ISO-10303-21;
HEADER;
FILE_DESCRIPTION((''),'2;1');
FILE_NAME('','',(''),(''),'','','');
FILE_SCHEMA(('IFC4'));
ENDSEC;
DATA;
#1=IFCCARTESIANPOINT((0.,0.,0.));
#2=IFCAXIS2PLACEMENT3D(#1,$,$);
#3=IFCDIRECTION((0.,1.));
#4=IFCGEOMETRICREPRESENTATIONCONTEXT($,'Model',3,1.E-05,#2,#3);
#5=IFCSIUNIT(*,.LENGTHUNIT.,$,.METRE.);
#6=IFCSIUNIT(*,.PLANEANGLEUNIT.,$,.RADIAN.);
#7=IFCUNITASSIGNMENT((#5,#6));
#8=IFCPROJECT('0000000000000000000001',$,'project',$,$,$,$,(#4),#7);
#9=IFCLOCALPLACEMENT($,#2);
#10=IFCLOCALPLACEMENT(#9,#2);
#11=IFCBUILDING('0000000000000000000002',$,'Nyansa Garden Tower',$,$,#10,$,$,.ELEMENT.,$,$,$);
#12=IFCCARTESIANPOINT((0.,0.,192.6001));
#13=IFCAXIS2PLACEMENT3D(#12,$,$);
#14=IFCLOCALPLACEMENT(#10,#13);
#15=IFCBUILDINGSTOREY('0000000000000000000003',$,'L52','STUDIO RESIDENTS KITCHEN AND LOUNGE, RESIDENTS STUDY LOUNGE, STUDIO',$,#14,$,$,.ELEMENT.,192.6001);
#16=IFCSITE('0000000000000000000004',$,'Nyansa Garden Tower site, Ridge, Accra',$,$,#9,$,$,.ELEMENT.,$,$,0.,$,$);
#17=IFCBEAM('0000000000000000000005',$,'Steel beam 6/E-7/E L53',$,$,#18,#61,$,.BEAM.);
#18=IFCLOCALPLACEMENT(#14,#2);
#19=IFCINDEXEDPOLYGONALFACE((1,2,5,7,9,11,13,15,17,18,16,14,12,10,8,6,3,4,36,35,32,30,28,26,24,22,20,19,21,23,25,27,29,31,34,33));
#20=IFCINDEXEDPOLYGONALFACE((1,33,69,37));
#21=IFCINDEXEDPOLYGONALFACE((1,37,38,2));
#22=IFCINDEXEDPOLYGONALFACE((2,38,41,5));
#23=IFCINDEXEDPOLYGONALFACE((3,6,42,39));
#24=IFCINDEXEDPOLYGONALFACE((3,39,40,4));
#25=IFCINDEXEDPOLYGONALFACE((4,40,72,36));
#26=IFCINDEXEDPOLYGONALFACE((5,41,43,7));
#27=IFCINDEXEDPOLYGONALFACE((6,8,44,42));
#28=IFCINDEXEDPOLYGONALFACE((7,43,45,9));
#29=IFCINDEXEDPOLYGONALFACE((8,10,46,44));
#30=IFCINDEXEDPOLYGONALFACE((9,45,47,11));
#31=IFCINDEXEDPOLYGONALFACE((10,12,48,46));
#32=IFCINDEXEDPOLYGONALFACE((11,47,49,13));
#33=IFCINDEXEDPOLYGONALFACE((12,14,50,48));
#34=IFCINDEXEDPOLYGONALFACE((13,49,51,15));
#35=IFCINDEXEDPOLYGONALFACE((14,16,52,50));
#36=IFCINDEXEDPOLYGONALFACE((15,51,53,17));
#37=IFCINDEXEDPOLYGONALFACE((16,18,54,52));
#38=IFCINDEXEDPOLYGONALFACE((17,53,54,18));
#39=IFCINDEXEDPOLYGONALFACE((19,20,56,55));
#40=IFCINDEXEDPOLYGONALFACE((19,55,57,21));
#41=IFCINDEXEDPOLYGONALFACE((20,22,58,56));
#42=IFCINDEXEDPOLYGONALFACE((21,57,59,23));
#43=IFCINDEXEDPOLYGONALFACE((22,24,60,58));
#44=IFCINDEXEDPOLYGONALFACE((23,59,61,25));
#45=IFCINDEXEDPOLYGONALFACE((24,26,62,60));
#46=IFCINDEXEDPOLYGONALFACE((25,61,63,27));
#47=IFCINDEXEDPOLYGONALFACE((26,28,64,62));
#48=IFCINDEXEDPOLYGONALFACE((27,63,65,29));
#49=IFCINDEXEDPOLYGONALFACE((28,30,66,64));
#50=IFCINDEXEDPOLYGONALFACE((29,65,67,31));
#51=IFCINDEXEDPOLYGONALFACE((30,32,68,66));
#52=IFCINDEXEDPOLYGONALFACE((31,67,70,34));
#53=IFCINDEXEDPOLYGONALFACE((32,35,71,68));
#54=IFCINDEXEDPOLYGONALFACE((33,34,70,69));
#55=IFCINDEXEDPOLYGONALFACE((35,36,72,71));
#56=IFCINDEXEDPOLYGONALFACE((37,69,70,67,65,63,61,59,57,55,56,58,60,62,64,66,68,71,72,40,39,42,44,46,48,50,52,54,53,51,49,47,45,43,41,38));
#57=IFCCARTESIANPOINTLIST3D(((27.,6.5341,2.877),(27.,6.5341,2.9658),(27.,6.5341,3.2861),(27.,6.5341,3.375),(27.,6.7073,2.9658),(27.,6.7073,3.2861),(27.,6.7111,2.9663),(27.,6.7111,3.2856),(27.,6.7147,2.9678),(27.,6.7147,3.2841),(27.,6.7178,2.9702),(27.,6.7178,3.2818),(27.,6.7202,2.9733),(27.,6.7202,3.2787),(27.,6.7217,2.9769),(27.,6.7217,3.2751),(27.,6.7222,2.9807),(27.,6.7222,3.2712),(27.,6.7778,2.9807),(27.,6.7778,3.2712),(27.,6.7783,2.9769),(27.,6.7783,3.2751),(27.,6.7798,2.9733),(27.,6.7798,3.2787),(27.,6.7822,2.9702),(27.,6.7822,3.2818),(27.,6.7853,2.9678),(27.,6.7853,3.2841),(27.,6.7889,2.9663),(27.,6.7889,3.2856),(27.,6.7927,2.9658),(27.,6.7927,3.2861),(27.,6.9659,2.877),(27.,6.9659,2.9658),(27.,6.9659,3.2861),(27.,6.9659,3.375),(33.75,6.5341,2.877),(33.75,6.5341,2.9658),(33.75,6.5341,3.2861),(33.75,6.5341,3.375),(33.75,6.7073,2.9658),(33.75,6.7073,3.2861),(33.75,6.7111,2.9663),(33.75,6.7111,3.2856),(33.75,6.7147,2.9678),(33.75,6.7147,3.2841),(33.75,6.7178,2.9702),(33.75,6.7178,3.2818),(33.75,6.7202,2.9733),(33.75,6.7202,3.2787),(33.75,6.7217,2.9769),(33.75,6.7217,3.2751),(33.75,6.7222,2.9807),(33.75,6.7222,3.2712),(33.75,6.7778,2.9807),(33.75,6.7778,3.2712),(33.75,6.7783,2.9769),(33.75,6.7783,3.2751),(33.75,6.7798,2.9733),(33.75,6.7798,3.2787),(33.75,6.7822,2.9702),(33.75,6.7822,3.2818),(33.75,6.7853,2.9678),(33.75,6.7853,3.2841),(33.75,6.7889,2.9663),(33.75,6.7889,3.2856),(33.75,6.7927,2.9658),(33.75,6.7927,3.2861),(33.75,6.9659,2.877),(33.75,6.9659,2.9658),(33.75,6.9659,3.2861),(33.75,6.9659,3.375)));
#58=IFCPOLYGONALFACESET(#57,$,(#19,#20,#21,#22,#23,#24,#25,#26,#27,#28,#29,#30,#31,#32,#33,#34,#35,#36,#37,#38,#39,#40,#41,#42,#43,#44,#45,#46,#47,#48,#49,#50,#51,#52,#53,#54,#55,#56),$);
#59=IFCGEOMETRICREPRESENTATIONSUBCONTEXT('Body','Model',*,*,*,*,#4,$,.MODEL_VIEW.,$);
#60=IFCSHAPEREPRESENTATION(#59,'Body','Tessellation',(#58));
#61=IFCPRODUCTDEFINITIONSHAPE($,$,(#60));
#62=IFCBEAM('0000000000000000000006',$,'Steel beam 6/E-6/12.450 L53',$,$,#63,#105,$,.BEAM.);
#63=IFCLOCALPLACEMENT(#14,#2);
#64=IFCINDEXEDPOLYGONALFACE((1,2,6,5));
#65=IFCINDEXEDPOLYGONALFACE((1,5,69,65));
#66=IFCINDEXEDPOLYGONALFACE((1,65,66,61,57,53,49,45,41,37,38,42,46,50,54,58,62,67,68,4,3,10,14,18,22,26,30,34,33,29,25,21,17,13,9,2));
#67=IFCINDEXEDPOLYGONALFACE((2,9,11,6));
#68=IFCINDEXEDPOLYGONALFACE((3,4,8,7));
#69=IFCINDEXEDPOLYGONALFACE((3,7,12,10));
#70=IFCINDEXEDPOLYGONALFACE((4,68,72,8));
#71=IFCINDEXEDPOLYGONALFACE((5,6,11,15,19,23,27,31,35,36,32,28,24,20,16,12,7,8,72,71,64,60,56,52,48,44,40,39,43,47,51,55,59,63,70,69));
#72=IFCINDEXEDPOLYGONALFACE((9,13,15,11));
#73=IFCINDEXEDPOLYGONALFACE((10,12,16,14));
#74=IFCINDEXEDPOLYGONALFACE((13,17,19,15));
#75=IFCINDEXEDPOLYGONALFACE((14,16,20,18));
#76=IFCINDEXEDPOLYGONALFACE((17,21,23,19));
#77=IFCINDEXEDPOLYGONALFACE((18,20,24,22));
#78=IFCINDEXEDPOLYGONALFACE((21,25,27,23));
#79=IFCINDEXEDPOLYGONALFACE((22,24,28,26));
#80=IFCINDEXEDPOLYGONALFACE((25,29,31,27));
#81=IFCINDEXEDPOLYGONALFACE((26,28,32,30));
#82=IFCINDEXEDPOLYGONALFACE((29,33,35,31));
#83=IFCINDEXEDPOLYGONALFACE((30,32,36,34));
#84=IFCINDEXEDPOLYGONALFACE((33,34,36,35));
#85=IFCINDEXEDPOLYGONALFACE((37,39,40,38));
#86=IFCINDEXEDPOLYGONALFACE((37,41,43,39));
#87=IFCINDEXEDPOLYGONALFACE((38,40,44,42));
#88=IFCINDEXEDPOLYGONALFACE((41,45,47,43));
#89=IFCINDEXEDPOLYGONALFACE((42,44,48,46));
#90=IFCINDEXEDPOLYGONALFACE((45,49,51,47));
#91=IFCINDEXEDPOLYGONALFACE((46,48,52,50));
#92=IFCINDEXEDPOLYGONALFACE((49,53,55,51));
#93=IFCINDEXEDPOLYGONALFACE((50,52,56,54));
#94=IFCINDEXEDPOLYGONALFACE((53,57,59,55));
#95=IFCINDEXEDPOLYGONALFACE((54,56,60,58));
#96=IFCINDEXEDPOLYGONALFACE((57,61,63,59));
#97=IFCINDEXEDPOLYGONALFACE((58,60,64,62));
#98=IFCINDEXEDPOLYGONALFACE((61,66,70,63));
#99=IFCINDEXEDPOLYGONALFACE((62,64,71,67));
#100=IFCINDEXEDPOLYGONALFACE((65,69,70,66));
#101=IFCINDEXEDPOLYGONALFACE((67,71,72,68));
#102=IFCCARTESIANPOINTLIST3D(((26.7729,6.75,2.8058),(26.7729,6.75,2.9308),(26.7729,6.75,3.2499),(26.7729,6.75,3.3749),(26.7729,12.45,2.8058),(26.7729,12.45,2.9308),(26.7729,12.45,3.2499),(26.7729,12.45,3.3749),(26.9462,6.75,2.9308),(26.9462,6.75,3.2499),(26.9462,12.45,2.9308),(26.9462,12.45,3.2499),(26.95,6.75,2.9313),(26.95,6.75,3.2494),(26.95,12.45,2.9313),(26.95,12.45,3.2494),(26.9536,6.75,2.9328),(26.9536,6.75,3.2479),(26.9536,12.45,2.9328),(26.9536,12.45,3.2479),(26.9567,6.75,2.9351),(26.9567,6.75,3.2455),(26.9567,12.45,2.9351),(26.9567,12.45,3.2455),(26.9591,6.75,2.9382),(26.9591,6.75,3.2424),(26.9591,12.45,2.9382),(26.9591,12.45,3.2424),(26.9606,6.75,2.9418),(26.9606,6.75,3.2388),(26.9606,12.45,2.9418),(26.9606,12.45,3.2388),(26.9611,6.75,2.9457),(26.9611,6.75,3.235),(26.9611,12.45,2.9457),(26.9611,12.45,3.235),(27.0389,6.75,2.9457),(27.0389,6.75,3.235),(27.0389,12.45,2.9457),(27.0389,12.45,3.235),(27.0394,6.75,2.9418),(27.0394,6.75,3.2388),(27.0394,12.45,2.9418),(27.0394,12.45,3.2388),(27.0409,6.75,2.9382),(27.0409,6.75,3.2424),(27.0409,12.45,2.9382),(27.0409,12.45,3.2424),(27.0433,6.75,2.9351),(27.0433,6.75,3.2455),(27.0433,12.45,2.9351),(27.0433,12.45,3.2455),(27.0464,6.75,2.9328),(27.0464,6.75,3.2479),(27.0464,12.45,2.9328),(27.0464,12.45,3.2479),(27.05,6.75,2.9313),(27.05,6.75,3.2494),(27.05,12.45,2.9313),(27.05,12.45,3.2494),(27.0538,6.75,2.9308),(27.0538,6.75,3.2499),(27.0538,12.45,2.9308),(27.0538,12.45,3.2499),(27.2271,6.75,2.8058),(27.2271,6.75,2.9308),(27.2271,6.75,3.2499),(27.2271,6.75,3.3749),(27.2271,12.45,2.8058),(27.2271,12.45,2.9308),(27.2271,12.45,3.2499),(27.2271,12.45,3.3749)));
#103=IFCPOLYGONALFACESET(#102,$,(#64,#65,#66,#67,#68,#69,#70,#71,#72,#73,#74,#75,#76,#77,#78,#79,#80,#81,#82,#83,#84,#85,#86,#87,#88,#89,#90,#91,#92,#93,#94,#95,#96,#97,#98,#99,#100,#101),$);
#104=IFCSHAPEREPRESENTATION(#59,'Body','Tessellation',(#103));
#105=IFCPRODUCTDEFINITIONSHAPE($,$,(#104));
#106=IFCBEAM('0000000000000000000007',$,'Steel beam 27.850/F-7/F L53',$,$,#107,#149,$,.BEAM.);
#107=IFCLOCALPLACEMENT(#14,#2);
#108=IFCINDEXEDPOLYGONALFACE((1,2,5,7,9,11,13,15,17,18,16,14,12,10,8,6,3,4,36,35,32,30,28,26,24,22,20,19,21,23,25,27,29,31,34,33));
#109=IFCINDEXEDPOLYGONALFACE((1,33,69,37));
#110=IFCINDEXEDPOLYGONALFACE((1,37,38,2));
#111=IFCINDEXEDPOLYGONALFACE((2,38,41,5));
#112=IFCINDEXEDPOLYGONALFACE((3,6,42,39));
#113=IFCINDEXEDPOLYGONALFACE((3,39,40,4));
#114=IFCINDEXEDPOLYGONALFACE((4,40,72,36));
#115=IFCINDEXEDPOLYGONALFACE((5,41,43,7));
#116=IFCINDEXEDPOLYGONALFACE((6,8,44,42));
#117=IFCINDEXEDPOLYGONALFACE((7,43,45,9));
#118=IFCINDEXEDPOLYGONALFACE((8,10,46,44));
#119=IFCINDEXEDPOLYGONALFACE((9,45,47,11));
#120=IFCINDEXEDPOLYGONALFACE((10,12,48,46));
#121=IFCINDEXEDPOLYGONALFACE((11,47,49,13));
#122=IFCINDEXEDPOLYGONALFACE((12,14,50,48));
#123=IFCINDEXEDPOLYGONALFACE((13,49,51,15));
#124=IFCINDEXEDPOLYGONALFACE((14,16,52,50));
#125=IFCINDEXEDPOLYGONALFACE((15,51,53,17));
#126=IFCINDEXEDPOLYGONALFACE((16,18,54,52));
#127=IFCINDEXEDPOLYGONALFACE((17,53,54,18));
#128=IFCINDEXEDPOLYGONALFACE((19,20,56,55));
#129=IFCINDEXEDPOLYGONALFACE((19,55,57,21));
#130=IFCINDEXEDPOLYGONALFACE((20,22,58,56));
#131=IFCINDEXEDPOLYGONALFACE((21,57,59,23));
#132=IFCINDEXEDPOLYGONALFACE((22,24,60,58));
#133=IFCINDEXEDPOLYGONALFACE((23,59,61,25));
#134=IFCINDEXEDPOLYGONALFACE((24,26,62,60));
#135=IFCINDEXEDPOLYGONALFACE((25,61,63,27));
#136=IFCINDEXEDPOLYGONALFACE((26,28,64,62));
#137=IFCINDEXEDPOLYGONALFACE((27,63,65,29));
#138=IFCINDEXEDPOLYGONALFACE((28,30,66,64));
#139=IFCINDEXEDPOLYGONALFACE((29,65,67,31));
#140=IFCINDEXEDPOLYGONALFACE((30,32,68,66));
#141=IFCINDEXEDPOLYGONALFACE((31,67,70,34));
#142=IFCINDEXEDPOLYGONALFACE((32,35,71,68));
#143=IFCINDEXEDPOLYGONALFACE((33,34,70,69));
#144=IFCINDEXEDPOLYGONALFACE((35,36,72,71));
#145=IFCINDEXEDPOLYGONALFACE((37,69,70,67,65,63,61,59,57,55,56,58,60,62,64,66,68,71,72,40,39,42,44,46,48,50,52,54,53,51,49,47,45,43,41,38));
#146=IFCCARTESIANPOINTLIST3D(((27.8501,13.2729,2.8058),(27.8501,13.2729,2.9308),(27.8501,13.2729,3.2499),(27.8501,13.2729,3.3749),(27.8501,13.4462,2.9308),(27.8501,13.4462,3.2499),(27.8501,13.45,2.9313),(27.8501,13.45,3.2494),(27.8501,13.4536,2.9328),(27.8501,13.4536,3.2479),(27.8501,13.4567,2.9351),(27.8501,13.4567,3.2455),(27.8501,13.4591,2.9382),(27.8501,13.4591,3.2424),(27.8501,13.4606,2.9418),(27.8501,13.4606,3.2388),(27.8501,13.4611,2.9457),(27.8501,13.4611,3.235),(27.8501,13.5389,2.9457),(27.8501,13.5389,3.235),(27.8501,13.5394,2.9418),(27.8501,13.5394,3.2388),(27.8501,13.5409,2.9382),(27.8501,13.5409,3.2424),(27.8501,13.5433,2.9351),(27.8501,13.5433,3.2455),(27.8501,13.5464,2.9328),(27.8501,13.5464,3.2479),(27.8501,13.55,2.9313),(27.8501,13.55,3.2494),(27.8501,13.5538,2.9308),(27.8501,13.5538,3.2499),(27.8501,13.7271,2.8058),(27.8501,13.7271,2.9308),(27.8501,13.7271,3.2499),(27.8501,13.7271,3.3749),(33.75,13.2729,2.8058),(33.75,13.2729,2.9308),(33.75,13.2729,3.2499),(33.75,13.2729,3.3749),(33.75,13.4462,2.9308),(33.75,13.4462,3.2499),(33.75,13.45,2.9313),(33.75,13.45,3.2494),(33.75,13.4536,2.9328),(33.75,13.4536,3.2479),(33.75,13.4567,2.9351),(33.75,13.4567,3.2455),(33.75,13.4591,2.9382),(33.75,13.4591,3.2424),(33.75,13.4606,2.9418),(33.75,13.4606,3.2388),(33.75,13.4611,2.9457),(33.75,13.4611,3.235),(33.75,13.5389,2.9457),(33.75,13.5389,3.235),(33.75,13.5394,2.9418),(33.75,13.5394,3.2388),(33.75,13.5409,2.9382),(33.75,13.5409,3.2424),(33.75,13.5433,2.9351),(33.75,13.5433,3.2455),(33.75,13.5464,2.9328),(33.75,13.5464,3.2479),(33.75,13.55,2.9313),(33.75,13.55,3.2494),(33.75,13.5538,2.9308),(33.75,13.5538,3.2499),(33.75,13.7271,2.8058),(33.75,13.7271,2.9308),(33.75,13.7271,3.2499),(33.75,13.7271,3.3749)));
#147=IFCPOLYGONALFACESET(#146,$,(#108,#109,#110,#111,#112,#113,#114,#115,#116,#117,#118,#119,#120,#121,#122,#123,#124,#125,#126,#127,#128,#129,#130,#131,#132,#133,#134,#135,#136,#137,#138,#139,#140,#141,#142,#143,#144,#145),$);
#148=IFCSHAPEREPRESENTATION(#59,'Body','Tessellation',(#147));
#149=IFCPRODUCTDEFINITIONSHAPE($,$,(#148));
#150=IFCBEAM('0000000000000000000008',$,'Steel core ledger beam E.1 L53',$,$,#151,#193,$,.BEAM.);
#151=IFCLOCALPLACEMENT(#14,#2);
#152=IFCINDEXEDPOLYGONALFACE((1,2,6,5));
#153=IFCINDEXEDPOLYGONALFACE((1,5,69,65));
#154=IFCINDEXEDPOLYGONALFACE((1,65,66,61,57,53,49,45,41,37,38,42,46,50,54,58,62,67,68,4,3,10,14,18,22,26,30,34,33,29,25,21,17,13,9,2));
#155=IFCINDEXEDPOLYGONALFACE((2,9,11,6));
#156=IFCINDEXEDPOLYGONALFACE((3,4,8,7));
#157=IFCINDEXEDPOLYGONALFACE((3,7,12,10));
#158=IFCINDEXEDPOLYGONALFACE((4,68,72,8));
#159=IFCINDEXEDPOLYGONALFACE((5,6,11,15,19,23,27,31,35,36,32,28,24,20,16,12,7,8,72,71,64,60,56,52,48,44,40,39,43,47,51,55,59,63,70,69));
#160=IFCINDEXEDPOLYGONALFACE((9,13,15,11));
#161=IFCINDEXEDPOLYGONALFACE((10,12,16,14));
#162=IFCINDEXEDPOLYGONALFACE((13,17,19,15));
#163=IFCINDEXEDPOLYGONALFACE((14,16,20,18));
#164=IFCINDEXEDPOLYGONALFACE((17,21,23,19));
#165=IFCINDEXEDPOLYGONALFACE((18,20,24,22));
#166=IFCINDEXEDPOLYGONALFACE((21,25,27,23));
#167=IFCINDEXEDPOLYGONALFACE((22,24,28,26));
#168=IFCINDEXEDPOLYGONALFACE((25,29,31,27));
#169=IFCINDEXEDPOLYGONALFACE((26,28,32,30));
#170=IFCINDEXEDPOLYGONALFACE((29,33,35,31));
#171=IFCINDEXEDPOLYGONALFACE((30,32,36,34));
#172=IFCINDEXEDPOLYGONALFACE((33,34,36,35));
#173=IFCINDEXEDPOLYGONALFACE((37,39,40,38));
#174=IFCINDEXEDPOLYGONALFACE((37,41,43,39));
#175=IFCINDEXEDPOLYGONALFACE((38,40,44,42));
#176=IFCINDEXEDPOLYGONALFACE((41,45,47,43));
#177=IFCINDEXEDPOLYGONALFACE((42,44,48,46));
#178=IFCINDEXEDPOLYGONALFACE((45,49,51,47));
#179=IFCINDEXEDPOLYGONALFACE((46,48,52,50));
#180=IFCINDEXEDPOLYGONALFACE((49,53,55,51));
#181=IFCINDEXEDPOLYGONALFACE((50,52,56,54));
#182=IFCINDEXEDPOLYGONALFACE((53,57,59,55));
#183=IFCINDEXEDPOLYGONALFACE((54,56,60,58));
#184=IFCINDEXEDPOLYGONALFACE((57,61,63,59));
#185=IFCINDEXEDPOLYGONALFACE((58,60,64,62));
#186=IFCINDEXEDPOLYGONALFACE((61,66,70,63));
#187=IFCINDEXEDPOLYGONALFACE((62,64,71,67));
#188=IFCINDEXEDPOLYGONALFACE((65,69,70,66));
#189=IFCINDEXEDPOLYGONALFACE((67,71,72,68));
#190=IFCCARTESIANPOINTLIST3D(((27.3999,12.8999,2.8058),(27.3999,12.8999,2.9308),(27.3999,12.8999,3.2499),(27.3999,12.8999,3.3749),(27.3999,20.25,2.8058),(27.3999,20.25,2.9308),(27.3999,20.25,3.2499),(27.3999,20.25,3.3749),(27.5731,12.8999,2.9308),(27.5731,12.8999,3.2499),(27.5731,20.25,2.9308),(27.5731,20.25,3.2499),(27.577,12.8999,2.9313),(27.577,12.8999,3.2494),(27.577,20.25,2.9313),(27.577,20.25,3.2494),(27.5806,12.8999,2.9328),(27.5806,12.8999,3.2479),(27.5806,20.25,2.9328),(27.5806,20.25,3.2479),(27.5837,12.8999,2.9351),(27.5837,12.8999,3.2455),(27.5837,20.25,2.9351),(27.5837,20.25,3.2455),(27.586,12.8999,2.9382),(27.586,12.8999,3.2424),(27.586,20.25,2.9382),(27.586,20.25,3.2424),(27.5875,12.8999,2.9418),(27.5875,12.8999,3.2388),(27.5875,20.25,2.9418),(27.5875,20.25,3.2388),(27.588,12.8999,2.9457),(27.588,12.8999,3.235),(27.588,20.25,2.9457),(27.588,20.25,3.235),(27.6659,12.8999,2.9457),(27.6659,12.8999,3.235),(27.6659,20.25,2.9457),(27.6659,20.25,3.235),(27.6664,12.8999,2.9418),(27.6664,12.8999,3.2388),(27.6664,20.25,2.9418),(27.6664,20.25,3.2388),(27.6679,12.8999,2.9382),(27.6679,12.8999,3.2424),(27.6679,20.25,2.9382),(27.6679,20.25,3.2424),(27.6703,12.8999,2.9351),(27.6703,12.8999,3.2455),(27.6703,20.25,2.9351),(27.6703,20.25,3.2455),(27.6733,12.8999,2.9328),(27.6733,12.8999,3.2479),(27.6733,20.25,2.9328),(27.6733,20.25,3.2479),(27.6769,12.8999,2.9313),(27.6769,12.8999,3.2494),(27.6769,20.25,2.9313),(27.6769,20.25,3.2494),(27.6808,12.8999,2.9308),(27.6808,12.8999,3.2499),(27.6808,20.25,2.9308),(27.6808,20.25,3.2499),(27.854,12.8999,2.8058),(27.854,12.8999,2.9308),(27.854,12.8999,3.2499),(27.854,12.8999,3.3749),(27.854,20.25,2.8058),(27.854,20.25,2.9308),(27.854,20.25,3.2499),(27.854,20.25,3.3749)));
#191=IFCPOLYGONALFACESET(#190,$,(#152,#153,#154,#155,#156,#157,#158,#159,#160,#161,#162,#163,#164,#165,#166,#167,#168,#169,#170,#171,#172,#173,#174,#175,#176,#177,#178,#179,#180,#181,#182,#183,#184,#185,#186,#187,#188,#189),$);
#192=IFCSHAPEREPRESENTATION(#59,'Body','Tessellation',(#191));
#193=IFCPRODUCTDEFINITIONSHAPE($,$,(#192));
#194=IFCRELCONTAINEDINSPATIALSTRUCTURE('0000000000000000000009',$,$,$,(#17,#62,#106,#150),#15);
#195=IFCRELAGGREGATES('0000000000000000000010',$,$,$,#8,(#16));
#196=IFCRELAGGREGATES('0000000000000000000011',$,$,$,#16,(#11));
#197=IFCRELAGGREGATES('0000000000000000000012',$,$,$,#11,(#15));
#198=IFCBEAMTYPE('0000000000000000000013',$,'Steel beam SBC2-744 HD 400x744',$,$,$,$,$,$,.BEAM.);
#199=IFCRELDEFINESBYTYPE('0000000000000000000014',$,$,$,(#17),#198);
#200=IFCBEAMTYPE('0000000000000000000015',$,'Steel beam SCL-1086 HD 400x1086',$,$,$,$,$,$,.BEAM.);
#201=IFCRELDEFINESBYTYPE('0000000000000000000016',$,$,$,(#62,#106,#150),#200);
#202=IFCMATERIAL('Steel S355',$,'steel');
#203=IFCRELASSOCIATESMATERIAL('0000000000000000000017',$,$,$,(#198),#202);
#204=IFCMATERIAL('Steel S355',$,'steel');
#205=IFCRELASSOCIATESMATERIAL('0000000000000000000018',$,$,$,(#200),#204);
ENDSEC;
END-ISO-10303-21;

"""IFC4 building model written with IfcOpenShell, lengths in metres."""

from ifc_helpers import new_model, si_unit, direction, frame, origin, origin_2d, place, context, subcontext, project, spatial, i_section, extrude, material, material_profile, profile_set, type_object, element, save


model = new_model("IFC4")

# Units and contexts
model_context = context("Model", 3, precision=1e-05, world=origin(), true_north=direction((0.0, 1.0)))
body_context = subcontext(model_context, "Body", "Model", "MODEL_VIEW")
ifc_project = project(units=[si_unit("LENGTHUNIT", "METRE"), si_unit("PLANEANGLEUNIT", "RADIAN")], contexts=[model_context])

# Site, building, storey
site_placement = place(None, origin())
site = spatial("IfcSite", under=ifc_project, at=site_placement, Name="Nyansa Garden Tower site, Ridge, Accra", CompositionType="ELEMENT", RefElevation=0.0)
building_placement = place(site_placement, origin())
building = spatial("IfcBuilding", under=site, at=building_placement, Name="Nyansa Garden Tower", CompositionType="ELEMENT")
storey_placement = place(building_placement, frame((0.0, 0.0, 192.6001)))
storey = spatial("IfcBuildingStorey", under=building, at=storey_placement, Name="L52", Description="STUDIO RESIDENTS KITCHEN AND LOUNGE, RESIDENTS STUDY LOUNGE, STUDIO", CompositionType="ELEMENT", Elevation=192.6001)

# Beams
ifc_material_1 = material(Name="Steel S355", Category="steel")
ifc_material_profile_1 = material_profile(ifc_material_1, i_section(OverallWidth=0.4319, OverallDepth=0.498, WebThickness=0.0557, FlangeThickness=0.0889, FilletRadius=0.0149, at=origin_2d()), Name="HD 400x744")
ifc_profile_set_1 = profile_set([ifc_material_profile_1], Name="Steel S355")
beam_type_1 = type_object("IfcBeamType", Name="Steel beam SBC2-744 HD 400x744", PredefinedType="BEAM", material=ifc_profile_set_1)
beam_1_placement = place(storey_placement, frame((27.0, 6.75, 3.126), z_axis=(1.0, 0.0, 0.0), x_axis=(0.0, 1.0, 0.0)))
element("IfcBeam", 1, at=beam_1_placement, inside=storey, type_object=beam_type_1, Name="Steel beam 6/E-7/E L53", PredefinedType="BEAM", context=body_context, shape_type="SweptSolid", body=[
    extrude(i_section(OverallWidth=0.4319, OverallDepth=0.498, WebThickness=0.0557, FlangeThickness=0.0889, FilletRadius=0.0149, at=origin_2d()), origin(), (0.0, 0.0, 1.0), 6.75),
])
ifc_material_2 = material(Name="Steel S355", Category="steel")
ifc_material_profile_2 = material_profile(ifc_material_2, i_section(OverallWidth=0.4541, OverallDepth=0.5691, WebThickness=0.0779, FlangeThickness=0.125, FilletRadius=0.0149, at=origin_2d()), Name="HD 400x1086")
ifc_profile_set_2 = profile_set([ifc_material_profile_2], Name="Steel S355")
beam_type_2 = type_object("IfcBeamType", Name="Steel beam SCL-1086 HD 400x1086", PredefinedType="BEAM", material=ifc_profile_set_2)
beam_2_placement = place(storey_placement, frame((27.0, 6.75, 3.0903), z_axis=(0.0, 1.0, 0.0), x_axis=(-1.0, 0.0, 0.0)))
element("IfcBeam", 2, at=beam_2_placement, inside=storey, type_object=beam_type_2, Name="Steel beam 6/E-6/12.450 L53", PredefinedType="BEAM", context=body_context, shape_type="SweptSolid", body=[
    extrude(i_section(OverallWidth=0.4541, OverallDepth=0.5691, WebThickness=0.0779, FlangeThickness=0.125, FilletRadius=0.0149, at=origin_2d()), origin(), (0.0, 0.0, 1.0), 5.7),
])
beam_3_placement = place(storey_placement, frame((27.8501, 13.5, 3.0903), z_axis=(1.0, 0.0, 0.0), x_axis=(0.0, 1.0, 0.0)))
element("IfcBeam", 3, at=beam_3_placement, inside=storey, type_object=beam_type_2, Name="Steel beam 27.850/F-7/F L53", PredefinedType="BEAM", context=body_context, shape_type="SweptSolid", body=[
    extrude(i_section(OverallWidth=0.4541, OverallDepth=0.5691, WebThickness=0.0779, FlangeThickness=0.125, FilletRadius=0.0149, at=origin_2d()), origin(), (0.0, 0.0, 1.0), 5.8999),
])
beam_4_placement = place(storey_placement, frame((27.627, 12.8999, 3.0903), z_axis=(0.0, 1.0, 0.0), x_axis=(-1.0, 0.0, 0.0)))
element("IfcBeam", 4, at=beam_4_placement, inside=storey, type_object=beam_type_2, Name="Steel core ledger beam E.1 L53", PredefinedType="BEAM", context=body_context, shape_type="SweptSolid", body=[
    extrude(i_section(OverallWidth=0.4541, OverallDepth=0.5691, WebThickness=0.0779, FlangeThickness=0.125, FilletRadius=0.0149, at=origin_2d()), origin(), (0.0, 0.0, 1.0), 7.3501),
])

save(model, "model.ifc")
